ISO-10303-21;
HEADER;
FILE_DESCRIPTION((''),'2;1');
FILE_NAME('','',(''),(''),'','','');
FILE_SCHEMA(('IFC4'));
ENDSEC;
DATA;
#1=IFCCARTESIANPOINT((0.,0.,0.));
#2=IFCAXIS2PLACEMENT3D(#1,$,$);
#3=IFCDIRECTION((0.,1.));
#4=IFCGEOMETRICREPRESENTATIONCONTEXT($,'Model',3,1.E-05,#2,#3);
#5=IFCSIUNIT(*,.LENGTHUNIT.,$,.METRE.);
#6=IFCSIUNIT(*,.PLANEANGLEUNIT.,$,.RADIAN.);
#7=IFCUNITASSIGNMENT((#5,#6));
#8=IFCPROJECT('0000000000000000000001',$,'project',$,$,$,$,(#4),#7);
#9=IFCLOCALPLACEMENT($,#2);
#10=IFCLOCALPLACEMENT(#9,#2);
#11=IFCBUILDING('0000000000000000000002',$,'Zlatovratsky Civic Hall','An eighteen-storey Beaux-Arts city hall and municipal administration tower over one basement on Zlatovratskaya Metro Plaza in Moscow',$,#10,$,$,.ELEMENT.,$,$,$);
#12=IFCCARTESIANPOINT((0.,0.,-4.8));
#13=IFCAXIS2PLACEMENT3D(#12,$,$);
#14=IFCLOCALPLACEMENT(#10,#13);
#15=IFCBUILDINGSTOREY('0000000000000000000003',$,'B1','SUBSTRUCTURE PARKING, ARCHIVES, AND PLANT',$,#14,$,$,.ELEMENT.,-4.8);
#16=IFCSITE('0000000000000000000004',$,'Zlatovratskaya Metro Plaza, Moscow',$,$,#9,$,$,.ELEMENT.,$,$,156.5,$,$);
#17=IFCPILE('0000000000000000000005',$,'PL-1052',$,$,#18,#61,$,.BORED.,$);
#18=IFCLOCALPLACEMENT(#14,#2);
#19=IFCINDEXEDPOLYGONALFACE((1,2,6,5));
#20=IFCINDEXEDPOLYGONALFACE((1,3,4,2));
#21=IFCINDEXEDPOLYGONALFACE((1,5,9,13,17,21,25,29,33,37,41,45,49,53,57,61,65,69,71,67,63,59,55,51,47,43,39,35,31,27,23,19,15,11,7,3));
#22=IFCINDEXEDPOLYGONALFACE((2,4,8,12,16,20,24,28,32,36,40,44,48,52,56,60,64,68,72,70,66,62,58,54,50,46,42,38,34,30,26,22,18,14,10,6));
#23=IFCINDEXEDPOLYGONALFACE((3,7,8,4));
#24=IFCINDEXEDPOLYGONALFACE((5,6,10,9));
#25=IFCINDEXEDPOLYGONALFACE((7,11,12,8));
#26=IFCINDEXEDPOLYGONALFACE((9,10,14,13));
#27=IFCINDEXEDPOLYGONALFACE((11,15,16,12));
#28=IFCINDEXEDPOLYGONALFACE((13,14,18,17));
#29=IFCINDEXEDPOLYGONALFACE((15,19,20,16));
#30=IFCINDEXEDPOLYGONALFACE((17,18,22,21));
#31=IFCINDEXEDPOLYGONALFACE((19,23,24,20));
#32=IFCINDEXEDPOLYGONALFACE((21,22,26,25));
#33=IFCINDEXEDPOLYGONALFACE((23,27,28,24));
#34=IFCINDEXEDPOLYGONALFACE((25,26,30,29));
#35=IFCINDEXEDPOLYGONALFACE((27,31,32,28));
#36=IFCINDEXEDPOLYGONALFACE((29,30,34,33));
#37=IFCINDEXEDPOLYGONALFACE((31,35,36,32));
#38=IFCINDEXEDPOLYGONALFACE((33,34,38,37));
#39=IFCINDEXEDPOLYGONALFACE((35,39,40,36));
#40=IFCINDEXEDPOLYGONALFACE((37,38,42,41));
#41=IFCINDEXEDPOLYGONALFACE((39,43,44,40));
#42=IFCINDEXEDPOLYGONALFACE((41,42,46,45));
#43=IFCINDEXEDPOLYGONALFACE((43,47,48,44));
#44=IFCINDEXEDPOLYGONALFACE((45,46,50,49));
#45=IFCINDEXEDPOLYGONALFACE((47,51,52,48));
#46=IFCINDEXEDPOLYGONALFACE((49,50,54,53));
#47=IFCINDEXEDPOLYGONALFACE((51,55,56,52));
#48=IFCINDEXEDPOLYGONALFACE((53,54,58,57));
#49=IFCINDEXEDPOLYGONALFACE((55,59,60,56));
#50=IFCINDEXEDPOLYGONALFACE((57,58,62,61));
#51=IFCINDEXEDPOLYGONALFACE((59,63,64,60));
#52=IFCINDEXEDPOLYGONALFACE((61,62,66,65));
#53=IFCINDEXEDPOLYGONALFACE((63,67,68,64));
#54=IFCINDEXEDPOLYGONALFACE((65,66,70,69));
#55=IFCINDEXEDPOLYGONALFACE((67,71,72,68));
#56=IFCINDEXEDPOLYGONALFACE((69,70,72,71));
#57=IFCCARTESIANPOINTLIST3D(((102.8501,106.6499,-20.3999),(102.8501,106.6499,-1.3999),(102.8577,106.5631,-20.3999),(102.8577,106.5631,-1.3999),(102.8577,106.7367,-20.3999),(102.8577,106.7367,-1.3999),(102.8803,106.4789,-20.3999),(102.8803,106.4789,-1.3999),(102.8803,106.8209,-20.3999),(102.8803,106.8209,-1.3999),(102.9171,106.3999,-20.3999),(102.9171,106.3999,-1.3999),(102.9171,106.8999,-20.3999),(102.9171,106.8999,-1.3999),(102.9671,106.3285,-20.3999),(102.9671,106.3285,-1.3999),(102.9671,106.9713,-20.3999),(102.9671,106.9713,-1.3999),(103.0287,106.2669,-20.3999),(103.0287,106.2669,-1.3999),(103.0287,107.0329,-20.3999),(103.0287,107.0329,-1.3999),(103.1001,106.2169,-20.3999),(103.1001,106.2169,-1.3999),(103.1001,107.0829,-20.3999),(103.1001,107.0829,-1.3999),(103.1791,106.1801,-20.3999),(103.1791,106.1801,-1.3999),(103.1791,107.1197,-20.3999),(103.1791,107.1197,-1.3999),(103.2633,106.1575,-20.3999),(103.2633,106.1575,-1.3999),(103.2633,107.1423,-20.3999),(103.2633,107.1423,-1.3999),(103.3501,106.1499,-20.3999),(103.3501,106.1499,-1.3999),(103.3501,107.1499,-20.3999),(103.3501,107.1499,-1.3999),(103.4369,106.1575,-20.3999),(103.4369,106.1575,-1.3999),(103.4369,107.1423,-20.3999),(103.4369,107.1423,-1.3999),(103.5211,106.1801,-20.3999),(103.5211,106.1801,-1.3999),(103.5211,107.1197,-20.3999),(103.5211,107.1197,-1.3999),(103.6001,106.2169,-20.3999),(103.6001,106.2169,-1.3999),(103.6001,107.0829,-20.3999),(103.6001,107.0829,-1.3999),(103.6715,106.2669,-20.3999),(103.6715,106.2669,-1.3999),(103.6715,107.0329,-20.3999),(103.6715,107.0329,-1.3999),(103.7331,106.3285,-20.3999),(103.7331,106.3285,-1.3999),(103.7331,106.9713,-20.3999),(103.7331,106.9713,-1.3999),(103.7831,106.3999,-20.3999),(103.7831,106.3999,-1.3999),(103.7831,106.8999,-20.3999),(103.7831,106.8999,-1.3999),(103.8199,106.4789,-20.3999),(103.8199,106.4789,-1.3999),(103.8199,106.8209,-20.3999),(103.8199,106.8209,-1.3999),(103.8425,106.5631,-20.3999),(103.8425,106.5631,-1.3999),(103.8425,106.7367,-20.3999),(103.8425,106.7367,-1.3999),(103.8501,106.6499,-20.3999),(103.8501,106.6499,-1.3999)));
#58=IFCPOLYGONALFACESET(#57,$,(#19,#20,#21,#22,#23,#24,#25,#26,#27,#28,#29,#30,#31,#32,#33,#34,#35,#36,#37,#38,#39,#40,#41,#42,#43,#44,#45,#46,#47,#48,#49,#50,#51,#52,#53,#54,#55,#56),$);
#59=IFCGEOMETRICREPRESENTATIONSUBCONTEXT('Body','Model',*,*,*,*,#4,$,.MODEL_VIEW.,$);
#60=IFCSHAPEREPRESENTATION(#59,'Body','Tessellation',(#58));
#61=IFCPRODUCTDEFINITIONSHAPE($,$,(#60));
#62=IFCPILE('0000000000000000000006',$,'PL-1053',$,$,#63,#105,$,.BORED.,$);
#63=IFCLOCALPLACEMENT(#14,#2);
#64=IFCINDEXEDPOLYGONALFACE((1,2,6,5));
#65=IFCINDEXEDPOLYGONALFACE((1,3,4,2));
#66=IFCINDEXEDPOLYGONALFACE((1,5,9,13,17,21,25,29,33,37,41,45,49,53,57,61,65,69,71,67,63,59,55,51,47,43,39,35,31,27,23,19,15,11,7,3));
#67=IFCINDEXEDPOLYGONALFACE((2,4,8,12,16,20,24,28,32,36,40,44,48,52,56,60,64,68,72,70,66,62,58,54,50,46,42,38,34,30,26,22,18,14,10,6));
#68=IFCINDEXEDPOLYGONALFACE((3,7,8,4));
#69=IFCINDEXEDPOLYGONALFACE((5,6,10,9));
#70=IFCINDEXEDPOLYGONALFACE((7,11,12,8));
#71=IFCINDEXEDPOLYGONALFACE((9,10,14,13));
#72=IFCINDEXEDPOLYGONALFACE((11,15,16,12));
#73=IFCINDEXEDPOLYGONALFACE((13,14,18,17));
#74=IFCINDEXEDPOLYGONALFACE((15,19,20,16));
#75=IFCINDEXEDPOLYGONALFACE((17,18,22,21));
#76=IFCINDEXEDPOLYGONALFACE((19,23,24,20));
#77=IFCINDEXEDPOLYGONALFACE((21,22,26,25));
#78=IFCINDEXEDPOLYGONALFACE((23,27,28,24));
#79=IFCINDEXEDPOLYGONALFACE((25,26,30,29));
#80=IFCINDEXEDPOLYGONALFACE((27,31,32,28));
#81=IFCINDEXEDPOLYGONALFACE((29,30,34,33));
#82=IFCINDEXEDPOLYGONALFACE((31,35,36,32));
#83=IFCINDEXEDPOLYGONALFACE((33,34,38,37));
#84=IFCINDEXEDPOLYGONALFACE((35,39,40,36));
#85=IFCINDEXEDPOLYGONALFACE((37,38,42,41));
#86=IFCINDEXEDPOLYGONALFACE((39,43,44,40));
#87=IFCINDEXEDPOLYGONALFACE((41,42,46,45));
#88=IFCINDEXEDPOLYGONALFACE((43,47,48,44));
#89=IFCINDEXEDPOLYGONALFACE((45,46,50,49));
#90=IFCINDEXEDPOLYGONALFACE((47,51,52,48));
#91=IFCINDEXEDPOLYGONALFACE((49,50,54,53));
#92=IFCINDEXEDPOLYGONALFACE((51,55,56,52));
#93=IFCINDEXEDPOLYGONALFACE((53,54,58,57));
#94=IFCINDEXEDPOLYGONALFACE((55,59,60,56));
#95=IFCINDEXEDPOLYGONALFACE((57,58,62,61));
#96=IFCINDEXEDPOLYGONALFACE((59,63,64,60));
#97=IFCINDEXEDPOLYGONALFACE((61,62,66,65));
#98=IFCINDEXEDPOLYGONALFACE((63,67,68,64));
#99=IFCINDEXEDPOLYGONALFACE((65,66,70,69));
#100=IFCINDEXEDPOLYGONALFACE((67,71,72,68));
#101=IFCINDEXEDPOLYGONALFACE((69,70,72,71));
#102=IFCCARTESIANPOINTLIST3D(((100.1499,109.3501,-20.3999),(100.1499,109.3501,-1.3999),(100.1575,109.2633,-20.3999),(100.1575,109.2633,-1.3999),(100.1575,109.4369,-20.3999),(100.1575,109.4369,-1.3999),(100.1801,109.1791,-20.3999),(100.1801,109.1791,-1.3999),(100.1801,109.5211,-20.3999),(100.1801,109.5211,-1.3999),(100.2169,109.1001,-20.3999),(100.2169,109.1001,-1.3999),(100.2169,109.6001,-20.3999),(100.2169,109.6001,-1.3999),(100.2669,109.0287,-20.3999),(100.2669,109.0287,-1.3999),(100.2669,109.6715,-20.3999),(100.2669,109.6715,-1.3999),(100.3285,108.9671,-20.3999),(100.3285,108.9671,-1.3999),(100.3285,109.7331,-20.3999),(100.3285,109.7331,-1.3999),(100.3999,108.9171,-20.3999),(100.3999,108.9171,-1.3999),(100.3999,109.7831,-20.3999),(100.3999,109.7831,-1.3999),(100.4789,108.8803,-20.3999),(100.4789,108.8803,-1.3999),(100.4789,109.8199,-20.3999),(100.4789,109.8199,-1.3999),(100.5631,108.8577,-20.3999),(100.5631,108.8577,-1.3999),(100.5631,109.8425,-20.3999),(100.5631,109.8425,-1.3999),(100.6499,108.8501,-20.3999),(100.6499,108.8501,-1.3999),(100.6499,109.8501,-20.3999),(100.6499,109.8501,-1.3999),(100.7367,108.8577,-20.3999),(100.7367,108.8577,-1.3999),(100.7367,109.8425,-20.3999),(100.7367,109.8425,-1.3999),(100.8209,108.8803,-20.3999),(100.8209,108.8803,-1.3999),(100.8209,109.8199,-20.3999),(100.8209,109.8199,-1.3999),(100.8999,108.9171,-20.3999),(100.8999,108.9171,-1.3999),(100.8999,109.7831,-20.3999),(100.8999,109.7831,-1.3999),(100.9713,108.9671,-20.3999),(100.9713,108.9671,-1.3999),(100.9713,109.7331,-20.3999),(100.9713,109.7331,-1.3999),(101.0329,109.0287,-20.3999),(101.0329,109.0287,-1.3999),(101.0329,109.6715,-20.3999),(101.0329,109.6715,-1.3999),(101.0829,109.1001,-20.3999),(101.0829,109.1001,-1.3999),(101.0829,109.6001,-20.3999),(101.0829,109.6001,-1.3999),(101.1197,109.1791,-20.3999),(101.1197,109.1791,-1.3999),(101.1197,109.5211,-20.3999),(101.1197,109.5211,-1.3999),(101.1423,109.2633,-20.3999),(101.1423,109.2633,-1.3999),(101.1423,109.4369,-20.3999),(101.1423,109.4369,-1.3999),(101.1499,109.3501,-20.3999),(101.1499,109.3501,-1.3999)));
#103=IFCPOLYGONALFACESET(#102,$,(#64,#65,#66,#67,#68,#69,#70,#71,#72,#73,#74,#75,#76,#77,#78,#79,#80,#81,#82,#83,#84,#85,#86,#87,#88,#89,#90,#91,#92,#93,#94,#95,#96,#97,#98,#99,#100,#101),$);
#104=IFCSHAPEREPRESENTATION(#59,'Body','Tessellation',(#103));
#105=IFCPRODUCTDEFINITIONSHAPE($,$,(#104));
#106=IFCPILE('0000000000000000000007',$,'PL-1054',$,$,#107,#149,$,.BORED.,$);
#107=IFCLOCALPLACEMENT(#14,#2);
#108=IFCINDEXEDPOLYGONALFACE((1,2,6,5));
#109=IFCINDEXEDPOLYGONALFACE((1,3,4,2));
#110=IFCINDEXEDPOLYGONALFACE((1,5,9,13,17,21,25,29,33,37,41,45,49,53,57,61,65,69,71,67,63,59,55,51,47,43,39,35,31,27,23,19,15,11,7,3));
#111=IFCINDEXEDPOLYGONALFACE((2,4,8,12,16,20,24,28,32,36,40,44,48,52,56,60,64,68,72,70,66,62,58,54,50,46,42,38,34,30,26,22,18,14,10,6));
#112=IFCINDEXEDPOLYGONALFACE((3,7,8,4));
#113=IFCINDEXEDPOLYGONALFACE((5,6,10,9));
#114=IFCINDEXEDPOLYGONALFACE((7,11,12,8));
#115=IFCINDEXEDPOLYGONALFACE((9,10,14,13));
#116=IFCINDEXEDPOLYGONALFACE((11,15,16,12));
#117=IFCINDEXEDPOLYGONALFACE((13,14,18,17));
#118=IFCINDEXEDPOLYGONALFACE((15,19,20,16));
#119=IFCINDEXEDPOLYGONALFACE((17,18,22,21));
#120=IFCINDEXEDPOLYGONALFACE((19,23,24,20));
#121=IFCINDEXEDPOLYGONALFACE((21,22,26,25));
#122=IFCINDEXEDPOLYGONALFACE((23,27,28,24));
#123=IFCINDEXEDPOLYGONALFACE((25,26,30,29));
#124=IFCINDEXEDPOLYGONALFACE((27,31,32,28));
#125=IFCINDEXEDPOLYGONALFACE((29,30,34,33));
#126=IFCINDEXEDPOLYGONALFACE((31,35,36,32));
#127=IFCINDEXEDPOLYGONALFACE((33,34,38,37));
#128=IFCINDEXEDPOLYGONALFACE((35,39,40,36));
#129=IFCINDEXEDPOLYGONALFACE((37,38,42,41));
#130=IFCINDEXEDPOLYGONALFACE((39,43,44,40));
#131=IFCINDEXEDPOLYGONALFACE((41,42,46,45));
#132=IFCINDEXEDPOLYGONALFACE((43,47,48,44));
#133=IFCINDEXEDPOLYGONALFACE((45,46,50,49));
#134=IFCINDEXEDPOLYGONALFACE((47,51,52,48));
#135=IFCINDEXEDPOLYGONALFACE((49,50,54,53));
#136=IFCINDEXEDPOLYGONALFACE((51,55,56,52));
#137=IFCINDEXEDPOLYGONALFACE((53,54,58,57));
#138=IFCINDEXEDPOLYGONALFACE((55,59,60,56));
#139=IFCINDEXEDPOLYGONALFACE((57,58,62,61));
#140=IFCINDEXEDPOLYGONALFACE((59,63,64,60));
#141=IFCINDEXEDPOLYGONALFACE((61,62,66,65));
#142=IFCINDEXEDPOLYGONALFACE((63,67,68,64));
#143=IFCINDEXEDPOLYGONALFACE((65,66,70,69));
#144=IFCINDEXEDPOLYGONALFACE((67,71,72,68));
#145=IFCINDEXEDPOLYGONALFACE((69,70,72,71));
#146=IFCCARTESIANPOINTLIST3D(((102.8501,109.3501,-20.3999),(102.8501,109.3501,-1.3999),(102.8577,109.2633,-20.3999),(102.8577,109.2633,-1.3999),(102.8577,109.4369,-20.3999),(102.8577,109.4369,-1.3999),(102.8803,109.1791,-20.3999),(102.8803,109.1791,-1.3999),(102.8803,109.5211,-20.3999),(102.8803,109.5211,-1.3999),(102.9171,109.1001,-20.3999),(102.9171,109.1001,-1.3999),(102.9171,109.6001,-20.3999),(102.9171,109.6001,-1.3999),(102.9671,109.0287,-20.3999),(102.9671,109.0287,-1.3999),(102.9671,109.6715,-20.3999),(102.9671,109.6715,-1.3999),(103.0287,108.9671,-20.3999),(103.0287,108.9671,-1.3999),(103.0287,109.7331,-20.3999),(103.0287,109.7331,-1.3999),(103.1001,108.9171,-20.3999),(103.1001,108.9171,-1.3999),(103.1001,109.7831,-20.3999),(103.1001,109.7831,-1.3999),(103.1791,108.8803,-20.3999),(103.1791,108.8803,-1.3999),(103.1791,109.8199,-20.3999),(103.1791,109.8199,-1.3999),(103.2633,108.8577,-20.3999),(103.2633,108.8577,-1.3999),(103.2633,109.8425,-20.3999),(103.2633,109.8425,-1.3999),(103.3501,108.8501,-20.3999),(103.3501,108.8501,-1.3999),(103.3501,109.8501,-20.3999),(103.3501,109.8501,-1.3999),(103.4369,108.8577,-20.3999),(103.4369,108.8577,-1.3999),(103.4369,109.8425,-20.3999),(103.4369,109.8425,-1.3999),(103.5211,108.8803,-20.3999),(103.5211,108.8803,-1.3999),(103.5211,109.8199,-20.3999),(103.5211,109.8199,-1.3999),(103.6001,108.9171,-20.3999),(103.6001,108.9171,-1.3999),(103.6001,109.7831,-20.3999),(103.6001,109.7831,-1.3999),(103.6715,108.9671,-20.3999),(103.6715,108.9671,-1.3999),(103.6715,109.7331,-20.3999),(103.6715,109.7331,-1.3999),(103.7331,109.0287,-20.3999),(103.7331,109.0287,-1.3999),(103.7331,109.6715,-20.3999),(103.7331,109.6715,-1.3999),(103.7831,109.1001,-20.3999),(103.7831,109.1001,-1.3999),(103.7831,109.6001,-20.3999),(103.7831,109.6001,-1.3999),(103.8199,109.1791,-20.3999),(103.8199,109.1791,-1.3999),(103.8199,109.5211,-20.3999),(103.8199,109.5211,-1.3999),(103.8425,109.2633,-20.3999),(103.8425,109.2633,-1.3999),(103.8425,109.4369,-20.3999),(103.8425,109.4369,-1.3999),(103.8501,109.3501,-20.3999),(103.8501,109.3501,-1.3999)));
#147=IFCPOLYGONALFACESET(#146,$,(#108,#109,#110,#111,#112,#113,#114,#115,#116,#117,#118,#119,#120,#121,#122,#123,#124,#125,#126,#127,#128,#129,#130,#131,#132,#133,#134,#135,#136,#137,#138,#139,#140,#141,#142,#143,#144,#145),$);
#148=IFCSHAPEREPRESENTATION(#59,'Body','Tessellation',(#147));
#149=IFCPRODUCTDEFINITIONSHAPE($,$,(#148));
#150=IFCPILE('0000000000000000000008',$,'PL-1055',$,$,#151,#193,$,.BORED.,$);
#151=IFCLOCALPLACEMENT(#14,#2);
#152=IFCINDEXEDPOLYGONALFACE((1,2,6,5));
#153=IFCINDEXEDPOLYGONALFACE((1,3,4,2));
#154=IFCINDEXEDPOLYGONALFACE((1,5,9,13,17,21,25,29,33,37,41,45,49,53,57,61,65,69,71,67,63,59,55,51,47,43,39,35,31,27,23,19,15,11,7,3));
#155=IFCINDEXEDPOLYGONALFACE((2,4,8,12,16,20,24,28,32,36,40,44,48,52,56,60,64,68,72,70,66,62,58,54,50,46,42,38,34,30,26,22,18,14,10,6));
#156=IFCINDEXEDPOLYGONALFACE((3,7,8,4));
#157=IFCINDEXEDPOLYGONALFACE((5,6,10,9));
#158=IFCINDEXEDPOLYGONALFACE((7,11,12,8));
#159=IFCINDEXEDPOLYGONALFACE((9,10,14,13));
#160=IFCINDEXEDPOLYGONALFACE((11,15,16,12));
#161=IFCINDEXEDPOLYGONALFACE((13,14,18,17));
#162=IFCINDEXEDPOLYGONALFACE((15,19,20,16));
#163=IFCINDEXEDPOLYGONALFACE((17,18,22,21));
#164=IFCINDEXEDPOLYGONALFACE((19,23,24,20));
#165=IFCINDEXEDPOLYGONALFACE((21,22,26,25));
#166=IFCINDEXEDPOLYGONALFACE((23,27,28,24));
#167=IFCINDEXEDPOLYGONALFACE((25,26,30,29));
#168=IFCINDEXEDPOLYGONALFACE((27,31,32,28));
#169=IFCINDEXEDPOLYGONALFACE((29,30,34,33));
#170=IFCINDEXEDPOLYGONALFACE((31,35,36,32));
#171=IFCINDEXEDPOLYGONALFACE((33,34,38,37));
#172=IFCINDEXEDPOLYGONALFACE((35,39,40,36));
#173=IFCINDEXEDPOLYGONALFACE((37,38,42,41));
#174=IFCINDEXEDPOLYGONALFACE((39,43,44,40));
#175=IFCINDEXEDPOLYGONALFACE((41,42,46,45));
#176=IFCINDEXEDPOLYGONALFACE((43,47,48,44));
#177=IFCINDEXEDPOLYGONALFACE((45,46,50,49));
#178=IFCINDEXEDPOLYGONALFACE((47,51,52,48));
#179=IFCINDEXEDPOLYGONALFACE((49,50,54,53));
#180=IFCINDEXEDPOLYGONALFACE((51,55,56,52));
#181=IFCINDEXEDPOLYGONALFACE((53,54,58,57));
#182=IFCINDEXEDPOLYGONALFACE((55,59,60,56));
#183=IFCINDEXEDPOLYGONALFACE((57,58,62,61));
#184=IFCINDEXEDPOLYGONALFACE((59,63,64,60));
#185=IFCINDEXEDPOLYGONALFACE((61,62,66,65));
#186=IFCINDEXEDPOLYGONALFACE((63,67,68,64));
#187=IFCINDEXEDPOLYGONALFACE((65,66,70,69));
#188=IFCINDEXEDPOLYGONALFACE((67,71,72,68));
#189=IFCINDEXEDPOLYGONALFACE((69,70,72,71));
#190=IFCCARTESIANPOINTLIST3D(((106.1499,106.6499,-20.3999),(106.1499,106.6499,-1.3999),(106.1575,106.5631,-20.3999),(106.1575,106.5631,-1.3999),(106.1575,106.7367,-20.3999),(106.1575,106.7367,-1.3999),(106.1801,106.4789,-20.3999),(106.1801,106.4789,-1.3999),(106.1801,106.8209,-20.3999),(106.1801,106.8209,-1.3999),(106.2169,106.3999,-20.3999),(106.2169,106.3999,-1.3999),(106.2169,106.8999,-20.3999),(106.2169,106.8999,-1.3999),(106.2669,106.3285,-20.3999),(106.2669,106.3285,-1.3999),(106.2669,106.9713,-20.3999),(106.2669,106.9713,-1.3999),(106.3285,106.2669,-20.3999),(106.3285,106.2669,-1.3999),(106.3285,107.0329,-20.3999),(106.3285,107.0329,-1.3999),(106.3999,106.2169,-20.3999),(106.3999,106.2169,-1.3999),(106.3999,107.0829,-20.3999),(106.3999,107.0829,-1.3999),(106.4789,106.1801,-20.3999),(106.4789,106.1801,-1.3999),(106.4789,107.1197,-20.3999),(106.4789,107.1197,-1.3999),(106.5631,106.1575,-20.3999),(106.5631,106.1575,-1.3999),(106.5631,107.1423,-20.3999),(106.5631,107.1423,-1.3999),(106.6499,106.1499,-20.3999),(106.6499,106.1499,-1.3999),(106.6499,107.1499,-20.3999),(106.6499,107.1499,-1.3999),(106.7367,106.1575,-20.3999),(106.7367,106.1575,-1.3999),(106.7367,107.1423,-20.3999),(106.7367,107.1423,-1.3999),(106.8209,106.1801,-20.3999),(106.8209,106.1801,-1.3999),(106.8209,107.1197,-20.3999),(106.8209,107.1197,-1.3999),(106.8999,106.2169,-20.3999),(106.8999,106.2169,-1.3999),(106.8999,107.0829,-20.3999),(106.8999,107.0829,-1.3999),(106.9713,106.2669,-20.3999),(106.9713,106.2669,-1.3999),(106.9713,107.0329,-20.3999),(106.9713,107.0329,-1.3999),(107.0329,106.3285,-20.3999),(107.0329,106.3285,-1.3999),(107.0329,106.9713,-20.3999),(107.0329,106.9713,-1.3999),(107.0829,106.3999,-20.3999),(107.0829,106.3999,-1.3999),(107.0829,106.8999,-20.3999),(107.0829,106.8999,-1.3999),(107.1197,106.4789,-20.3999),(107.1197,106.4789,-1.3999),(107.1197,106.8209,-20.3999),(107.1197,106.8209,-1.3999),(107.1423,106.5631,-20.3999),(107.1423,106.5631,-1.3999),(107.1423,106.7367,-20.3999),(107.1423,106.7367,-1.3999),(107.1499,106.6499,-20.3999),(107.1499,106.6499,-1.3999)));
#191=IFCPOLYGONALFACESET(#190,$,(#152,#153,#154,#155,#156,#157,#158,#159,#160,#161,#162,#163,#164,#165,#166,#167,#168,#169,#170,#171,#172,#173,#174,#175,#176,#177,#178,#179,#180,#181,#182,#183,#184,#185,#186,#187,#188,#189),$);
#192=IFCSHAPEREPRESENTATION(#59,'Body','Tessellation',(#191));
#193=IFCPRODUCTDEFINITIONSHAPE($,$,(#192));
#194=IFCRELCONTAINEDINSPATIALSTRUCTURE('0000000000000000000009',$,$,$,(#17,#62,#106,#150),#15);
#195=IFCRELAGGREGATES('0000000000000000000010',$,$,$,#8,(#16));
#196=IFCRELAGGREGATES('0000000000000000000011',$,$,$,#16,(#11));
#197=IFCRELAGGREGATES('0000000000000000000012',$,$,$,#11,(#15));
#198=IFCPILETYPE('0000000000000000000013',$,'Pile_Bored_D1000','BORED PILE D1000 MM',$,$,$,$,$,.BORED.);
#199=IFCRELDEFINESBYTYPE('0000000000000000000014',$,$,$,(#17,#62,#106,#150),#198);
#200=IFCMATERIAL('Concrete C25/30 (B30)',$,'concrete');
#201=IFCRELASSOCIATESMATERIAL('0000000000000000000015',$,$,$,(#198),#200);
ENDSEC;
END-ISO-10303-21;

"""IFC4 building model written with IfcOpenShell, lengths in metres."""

from ifc_helpers import new_model, si_unit, direction, frame, origin, origin_2d, place, context, subcontext, project, spatial, circle, extrude, material, material_profile, profile_set, type_object, element, save


model = new_model("IFC4")

# Units and contexts
model_context = context("Model", 3, precision=1e-05, world=origin(), true_north=direction((0.0, 1.0)))
body_context = subcontext(model_context, "Body", "Model", "MODEL_VIEW")
ifc_project = project(units=[si_unit("LENGTHUNIT", "METRE"), si_unit("PLANEANGLEUNIT", "RADIAN")], contexts=[model_context])

# Site, building, storey
site_placement = place(None, origin())
site = spatial("IfcSite", under=ifc_project, at=site_placement, Name="Zlatovratskaya Metro Plaza, Moscow", CompositionType="ELEMENT", RefElevation=156.5)
building_placement = place(site_placement, origin())
building = spatial("IfcBuilding", under=site, at=building_placement, Name="Zlatovratsky Civic Hall", Description="An eighteen-storey Beaux-Arts city hall and municipal administration tower over one basement on Zlatovratskaya Metro Plaza in Moscow", CompositionType="ELEMENT")
storey_placement = place(building_placement, frame((0.0, 0.0, -4.8)))
storey = spatial("IfcBuildingStorey", under=building, at=storey_placement, Name="B1", Description="SUBSTRUCTURE PARKING, ARCHIVES, AND PLANT", CompositionType="ELEMENT", Elevation=-4.8)

# Shared definitions
ifc_material_1 = material(Name="Concrete C25/30 (B30)", Category="concrete")

# Piles
ifc_material_profile_1 = material_profile(ifc_material_1, circle(Radius=0.5, at=origin_2d()), Name="PILE D1000")
ifc_profile_set_1 = profile_set([ifc_material_profile_1], Name="Concrete C25/30 (B30)")
pile_type_1 = type_object("IfcPileType", Name="Pile_Bored_D1000", Description="BORED PILE D1000 MM", PredefinedType="BORED", material=ifc_profile_set_1)
for number, where, z_axis, x_axis, name in (
    (1, (103.3501, 106.6499, -1.3999), (0.0, 0.0, -1.0), (1.0, 0.0, 0.0), "PL-1052"),
    (2, (100.6499, 109.3501, -1.3999), (0.0, 0.0, -1.0), (1.0, 0.0, 0.0), "PL-1053"),
    (3, (103.3501, 109.3501, -1.3999), (0.0, 0.0, -1.0), (1.0, 0.0, 0.0), "PL-1054"),
    (4, (106.6499, 106.6499, -1.3999), (0.0, 0.0, -1.0), (1.0, 0.0, 0.0), "PL-1055"),
):
    element("IfcPile", number, at=place(storey_placement, frame(where, z_axis=z_axis, x_axis=x_axis)), inside=storey, type_object=pile_type_1, Name=name, PredefinedType="BORED", context=body_context, shape_type="SweptSolid", body=[
        extrude(circle(Radius=0.5, at=origin_2d()), origin(), (0.0, 0.0, 1.0), 19.0),
    ])

save(model, "model.ifc")
